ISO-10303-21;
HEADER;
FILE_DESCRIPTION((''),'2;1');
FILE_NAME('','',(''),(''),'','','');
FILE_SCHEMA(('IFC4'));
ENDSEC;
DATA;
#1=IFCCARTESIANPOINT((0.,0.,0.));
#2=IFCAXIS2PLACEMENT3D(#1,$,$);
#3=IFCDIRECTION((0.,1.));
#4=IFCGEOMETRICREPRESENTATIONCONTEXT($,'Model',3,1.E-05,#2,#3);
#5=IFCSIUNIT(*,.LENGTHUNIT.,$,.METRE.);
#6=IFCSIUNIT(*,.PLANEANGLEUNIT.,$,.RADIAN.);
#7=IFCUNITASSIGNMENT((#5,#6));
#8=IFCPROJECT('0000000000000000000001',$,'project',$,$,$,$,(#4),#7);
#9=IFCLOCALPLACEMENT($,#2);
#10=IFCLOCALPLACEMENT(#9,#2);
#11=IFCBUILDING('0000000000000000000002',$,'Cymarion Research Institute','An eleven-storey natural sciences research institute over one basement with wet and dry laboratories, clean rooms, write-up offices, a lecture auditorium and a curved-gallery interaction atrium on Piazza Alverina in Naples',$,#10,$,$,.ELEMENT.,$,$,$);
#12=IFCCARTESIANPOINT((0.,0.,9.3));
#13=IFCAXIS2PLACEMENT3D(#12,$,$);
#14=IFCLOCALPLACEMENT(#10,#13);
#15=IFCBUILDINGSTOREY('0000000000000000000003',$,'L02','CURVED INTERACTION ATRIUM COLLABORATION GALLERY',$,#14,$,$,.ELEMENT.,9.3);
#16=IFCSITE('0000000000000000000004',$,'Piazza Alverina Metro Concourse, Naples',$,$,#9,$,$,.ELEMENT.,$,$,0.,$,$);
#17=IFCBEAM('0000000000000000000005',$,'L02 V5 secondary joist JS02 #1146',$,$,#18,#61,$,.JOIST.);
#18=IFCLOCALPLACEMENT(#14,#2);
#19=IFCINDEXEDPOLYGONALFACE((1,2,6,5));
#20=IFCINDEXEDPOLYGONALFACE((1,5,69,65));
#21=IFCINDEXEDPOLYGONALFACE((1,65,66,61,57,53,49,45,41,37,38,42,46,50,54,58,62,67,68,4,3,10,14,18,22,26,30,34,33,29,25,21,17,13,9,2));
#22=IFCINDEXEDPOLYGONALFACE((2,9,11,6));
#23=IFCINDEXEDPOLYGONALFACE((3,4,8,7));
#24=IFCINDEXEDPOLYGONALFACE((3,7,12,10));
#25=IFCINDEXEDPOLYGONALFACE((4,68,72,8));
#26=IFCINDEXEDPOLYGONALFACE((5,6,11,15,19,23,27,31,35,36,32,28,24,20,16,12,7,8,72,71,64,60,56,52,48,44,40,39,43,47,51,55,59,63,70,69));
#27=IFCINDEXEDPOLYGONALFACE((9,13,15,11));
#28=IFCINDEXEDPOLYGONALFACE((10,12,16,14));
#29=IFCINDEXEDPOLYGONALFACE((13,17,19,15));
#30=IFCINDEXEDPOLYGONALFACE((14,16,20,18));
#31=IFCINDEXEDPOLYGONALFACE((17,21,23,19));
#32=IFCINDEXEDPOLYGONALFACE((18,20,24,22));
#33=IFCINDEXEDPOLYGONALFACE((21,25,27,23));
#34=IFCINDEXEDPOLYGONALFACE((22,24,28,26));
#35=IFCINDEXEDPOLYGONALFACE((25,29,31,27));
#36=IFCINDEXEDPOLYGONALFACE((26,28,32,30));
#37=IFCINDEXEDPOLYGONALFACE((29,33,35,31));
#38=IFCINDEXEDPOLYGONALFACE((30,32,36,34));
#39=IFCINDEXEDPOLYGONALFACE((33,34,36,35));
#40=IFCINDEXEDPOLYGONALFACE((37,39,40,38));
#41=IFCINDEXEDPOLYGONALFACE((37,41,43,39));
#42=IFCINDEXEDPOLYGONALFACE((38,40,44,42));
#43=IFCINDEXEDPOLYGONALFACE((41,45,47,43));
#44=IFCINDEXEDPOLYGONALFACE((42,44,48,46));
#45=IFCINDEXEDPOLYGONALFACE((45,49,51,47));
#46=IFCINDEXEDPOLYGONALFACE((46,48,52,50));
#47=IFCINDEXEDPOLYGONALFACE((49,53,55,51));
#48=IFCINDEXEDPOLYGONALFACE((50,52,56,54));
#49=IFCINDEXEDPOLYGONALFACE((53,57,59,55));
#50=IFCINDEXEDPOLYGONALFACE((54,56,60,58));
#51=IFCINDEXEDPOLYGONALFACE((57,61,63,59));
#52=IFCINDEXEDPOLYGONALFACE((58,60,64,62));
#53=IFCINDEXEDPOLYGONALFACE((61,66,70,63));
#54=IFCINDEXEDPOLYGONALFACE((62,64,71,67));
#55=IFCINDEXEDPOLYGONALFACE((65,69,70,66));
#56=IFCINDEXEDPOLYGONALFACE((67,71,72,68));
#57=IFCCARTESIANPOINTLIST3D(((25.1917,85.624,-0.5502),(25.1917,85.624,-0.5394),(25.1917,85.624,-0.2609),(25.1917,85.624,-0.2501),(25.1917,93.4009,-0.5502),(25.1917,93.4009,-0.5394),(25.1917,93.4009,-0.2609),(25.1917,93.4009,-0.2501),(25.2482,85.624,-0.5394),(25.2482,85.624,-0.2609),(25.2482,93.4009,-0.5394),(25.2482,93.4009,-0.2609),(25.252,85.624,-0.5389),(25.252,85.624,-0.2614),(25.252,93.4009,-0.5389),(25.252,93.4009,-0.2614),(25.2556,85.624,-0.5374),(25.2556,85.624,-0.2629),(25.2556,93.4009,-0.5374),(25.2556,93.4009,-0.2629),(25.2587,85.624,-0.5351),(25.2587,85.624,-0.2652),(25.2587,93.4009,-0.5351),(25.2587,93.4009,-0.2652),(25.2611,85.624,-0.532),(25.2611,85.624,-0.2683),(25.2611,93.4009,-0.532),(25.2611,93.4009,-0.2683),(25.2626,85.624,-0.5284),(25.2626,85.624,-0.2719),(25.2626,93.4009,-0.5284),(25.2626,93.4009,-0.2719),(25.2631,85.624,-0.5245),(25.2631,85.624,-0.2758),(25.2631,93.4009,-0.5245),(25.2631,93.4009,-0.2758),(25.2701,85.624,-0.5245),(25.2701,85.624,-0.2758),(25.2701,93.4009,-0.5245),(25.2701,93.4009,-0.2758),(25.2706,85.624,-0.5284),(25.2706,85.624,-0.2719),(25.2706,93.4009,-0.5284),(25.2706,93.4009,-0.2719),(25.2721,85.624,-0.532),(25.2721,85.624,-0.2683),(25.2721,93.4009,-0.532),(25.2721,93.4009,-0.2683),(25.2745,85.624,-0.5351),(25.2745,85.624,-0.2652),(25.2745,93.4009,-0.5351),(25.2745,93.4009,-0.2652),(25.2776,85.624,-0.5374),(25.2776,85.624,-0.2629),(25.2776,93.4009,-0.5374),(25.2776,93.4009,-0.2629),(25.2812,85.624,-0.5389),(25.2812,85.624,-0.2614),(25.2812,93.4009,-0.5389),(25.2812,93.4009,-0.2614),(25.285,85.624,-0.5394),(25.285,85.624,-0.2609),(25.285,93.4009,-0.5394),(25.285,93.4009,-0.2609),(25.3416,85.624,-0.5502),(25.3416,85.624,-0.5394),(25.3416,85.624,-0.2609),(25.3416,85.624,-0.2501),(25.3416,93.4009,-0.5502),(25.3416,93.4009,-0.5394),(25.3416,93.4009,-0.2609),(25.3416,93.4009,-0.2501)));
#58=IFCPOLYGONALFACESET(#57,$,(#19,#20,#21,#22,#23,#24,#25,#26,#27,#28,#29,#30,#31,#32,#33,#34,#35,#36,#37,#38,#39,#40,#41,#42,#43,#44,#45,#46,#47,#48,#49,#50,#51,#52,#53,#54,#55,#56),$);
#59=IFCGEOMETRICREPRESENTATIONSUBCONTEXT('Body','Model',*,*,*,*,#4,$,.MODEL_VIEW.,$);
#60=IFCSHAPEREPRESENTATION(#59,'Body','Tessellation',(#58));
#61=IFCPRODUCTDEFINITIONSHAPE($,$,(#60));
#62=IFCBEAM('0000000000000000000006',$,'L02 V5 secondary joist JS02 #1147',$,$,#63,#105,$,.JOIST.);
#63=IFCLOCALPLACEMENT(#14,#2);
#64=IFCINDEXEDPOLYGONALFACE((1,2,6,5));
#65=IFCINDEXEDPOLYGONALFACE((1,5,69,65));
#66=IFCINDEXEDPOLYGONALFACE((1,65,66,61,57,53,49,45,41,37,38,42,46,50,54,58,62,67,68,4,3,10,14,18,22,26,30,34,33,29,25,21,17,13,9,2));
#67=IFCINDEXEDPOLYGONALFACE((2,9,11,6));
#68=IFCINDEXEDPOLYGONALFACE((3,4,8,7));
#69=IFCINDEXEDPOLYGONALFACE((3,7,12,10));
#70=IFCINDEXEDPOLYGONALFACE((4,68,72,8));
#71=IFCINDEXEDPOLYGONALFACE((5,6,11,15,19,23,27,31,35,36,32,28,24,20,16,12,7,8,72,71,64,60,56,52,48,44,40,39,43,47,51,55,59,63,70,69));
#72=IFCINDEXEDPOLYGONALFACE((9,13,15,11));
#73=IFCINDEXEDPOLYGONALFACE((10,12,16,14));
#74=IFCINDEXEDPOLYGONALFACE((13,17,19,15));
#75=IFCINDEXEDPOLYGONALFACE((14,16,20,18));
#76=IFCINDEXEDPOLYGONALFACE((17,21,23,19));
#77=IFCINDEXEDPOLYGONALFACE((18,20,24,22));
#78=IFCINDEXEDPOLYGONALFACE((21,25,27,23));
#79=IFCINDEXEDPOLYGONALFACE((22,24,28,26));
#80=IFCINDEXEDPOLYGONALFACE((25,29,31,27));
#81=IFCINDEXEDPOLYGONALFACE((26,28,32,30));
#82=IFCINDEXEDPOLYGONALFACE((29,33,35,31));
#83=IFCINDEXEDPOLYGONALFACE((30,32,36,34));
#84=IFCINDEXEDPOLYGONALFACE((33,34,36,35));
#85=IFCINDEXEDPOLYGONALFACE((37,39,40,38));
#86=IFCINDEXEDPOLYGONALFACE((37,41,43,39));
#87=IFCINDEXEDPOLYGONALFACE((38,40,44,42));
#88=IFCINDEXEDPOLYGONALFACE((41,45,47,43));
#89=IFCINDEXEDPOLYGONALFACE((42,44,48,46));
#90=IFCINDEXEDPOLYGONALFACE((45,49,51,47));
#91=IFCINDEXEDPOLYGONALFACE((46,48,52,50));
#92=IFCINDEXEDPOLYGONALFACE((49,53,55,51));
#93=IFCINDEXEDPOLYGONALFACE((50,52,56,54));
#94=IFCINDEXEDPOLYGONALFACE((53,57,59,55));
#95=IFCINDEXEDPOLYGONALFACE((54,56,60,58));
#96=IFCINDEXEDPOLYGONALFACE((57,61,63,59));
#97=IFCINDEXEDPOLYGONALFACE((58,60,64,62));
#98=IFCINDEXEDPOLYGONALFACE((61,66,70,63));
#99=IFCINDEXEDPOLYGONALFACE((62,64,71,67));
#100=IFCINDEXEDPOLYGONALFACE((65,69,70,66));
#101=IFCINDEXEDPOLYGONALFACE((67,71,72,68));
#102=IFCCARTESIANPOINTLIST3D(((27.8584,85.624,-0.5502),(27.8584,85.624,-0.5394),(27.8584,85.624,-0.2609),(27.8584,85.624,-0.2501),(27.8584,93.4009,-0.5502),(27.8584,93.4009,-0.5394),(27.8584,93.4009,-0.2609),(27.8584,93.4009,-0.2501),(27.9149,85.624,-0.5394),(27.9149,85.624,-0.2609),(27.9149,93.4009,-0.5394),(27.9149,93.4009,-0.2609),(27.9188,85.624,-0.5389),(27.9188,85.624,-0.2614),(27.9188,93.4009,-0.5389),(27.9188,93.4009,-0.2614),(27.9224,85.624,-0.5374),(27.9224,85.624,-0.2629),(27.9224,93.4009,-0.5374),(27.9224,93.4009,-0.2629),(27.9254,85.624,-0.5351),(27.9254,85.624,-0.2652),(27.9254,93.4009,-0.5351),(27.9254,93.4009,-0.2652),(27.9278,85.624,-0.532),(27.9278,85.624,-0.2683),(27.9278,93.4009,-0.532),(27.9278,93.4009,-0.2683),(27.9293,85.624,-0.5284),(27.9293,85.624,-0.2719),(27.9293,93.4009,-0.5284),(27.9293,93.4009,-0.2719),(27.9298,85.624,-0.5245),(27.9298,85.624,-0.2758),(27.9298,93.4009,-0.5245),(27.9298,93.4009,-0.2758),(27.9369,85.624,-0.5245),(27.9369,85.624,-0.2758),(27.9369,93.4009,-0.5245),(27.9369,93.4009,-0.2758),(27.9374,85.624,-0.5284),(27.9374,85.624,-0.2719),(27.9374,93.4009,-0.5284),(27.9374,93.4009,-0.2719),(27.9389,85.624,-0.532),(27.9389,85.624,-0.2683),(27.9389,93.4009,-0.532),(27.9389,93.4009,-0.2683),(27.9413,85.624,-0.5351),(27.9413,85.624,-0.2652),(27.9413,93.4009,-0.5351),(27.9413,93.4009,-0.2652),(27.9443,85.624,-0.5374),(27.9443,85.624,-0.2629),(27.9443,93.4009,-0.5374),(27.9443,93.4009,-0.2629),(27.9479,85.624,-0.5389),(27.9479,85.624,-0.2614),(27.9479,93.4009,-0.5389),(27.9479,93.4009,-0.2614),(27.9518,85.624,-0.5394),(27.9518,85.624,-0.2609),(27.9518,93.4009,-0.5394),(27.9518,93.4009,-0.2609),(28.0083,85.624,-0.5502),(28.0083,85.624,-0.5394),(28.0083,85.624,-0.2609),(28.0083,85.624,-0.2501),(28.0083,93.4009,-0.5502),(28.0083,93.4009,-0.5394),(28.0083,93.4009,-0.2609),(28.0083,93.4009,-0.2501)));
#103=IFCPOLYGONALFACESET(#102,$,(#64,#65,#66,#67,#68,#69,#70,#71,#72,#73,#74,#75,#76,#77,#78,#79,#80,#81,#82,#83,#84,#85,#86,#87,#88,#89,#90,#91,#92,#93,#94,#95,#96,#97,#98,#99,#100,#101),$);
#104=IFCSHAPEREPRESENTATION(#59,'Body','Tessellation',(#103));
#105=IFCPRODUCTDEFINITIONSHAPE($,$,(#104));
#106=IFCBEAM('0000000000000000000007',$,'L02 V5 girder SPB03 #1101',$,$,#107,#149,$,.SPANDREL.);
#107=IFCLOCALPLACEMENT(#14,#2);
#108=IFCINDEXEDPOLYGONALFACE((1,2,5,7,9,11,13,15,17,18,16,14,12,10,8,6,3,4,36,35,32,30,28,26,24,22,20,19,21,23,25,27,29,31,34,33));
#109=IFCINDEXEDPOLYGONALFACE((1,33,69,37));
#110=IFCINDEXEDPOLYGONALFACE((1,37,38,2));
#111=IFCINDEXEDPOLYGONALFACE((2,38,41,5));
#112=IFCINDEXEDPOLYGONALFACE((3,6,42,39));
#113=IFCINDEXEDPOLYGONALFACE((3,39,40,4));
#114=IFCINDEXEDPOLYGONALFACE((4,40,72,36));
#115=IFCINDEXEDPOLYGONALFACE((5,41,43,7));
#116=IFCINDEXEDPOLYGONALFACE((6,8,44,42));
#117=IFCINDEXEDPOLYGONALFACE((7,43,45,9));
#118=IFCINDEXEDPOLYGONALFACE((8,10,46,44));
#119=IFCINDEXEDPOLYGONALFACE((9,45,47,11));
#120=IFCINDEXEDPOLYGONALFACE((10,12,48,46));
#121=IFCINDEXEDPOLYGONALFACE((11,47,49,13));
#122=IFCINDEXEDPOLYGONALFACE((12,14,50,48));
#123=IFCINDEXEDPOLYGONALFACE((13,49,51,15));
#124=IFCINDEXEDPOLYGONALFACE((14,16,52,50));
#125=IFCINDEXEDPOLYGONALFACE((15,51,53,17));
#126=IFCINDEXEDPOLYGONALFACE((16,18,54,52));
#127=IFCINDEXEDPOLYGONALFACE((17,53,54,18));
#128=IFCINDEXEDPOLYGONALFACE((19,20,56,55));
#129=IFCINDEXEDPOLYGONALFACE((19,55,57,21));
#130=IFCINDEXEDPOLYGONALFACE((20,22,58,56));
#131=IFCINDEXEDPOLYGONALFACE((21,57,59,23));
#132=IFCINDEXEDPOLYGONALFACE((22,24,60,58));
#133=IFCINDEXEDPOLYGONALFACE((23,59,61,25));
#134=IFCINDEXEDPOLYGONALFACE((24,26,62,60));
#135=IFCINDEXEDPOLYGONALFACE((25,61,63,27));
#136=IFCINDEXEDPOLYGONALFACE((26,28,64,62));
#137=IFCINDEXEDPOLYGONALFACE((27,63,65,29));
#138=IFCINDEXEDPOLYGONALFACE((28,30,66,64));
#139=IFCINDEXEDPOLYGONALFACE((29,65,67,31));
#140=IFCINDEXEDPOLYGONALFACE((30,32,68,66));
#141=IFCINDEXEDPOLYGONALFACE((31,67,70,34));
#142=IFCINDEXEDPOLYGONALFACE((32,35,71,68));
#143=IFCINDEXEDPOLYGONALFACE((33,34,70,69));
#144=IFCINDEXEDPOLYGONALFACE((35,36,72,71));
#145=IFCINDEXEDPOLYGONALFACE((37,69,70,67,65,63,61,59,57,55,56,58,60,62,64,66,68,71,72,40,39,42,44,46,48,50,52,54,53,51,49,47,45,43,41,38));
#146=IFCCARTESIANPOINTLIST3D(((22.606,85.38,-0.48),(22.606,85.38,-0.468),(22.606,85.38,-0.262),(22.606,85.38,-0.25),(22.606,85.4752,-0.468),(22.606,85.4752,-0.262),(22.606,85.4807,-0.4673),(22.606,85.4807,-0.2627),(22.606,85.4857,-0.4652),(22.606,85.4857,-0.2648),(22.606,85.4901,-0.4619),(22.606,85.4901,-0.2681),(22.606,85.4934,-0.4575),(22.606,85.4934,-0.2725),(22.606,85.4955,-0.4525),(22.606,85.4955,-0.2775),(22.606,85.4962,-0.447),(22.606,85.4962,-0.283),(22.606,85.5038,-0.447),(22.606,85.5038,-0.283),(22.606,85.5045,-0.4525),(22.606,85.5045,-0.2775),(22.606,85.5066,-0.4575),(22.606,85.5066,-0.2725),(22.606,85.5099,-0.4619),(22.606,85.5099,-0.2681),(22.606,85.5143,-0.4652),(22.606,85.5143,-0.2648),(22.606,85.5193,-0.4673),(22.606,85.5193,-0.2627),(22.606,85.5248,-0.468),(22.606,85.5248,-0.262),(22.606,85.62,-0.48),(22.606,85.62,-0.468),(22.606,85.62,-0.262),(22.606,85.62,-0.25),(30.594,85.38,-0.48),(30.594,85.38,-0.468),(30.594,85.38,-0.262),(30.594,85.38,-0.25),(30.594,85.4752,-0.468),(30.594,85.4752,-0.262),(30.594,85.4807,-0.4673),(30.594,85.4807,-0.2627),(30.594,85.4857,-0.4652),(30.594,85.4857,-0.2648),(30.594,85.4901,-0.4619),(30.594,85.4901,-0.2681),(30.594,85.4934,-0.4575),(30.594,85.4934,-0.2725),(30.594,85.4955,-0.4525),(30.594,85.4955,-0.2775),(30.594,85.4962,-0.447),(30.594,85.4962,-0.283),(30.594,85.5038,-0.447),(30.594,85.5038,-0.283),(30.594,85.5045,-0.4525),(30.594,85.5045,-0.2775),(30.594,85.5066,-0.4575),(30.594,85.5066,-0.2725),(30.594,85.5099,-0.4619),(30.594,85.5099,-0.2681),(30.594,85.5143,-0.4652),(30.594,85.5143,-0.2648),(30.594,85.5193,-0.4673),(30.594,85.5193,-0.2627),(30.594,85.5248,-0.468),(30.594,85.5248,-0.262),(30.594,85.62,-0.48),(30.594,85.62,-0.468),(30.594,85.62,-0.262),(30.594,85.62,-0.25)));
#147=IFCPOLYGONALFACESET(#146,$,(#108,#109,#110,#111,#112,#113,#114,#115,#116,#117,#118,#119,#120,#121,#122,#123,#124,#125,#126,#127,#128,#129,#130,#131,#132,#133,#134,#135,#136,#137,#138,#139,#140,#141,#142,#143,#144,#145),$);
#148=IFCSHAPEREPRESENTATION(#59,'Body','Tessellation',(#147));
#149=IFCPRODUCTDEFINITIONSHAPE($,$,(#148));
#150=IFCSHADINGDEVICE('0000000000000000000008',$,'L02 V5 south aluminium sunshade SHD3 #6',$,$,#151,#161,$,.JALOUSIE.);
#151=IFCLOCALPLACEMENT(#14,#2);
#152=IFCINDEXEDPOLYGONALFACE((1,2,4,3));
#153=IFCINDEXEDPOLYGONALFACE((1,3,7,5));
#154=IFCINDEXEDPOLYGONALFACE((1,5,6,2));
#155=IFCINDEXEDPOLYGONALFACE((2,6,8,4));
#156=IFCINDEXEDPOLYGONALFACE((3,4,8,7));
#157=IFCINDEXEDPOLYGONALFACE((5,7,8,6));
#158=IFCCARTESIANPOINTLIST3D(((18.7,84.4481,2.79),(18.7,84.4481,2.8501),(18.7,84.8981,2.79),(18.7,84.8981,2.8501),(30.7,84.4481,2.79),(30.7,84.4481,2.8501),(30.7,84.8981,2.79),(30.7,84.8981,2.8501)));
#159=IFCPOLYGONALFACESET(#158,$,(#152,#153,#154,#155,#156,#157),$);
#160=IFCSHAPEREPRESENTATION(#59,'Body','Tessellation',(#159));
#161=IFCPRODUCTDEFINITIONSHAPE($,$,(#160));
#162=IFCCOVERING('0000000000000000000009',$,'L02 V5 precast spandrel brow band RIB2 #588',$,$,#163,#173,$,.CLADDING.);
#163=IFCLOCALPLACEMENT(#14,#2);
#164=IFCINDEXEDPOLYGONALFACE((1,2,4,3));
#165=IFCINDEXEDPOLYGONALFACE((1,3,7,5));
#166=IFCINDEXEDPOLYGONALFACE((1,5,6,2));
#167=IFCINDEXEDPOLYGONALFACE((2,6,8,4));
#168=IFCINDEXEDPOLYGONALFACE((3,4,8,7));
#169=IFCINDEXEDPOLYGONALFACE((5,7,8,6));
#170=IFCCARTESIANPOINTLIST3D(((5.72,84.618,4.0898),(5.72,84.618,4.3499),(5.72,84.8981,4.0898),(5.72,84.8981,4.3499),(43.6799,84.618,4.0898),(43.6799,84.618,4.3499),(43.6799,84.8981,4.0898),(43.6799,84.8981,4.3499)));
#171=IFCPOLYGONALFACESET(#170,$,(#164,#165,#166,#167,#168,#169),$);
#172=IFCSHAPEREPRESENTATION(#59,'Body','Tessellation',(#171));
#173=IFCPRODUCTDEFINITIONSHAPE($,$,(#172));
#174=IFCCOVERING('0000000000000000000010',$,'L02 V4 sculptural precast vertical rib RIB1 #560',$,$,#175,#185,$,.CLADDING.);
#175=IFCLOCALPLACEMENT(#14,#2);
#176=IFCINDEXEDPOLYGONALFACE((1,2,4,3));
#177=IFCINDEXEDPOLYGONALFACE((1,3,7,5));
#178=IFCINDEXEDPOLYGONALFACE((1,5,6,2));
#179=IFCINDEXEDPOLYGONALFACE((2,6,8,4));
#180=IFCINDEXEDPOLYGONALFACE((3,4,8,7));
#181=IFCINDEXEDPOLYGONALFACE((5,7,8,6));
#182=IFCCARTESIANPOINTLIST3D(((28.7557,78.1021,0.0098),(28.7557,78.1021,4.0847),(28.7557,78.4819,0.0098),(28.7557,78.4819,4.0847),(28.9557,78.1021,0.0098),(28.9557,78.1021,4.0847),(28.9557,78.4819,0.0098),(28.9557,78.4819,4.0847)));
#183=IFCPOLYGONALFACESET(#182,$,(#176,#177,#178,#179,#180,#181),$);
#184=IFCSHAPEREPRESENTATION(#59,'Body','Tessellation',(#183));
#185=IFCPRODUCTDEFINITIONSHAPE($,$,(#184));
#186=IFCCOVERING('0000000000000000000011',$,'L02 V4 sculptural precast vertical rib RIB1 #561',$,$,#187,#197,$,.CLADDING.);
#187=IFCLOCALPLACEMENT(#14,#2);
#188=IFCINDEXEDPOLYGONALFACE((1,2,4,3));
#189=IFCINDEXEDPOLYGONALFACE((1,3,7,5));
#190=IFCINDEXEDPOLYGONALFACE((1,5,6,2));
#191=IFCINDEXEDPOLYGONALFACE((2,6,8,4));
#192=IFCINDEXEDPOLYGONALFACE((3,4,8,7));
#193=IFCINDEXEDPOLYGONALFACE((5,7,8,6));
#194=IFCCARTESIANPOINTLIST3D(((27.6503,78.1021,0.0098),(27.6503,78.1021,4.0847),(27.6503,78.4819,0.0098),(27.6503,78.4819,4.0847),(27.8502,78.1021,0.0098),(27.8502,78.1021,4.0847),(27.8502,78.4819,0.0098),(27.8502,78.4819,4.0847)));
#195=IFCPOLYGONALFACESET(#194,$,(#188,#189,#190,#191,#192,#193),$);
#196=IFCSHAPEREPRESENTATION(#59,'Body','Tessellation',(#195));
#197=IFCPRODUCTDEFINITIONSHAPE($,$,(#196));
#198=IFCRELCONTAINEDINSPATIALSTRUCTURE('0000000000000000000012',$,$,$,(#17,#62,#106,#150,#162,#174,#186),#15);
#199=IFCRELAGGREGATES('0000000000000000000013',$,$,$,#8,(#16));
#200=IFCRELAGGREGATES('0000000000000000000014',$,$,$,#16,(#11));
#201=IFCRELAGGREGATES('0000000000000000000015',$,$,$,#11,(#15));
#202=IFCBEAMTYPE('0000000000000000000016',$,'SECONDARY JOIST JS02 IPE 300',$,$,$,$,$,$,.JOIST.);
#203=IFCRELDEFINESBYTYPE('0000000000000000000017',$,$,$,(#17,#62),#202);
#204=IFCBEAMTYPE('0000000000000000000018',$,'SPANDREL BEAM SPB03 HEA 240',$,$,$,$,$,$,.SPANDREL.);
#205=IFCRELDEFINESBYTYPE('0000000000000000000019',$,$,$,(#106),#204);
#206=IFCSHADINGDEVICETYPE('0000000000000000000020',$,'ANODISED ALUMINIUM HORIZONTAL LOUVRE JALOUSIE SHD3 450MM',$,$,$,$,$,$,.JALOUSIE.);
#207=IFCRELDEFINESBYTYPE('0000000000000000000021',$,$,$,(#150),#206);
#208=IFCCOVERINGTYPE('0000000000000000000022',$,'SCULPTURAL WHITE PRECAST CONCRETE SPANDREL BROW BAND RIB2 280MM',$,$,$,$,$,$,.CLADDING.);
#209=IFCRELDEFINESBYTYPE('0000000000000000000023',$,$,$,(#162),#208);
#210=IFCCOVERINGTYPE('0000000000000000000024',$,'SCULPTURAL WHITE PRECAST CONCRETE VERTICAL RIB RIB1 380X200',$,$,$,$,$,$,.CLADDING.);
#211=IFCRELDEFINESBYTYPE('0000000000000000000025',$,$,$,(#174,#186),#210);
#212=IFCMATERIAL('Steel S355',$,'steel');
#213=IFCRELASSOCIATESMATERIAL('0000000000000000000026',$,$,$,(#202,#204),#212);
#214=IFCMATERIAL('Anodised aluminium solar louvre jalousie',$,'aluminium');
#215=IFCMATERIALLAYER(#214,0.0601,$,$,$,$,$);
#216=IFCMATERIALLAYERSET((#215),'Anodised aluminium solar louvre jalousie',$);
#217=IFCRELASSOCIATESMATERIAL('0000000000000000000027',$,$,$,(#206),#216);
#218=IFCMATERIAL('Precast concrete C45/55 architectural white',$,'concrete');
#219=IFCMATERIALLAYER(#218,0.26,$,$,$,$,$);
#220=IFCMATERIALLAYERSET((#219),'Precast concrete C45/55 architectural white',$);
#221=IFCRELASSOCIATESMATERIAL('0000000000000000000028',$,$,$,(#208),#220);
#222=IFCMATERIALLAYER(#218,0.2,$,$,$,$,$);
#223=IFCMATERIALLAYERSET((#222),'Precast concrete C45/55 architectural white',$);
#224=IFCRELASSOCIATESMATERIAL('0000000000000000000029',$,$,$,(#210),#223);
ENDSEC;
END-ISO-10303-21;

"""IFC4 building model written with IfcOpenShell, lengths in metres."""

from ifc_helpers import new_model, si_unit, direction, frame, origin, origin_2d, place, context, subcontext, project, spatial, rectangle, i_section, extrude, material, layer, layer_set, material_profile, profile_set, type_object, element, save


model = new_model("IFC4")

# Units and contexts
model_context = context("Model", 3, precision=1e-05, world=origin(), true_north=direction((0.0, 1.0)))
body_context = subcontext(model_context, "Body", "Model", "MODEL_VIEW")
ifc_project = project(units=[si_unit("LENGTHUNIT", "METRE"), si_unit("PLANEANGLEUNIT", "RADIAN")], contexts=[model_context])

# Site, building, storey
site_placement = place(None, origin())
site = spatial("IfcSite", under=ifc_project, at=site_placement, Name="Piazza Alverina Metro Concourse, Naples", CompositionType="ELEMENT", RefElevation=0.0)
building_placement = place(site_placement, origin())
building = spatial("IfcBuilding", under=site, at=building_placement, Name="Cymarion Research Institute", Description="An eleven-storey natural sciences research institute over one basement with wet and dry laboratories, clean rooms, write-up offices, a lecture auditorium and a curved-gallery interaction atrium on Piazza Alverina in Naples", CompositionType="ELEMENT")
storey_placement = place(building_placement, frame((0.0, 0.0, 9.3)))
storey = spatial("IfcBuildingStorey", under=building, at=storey_placement, Name="L02", Description="CURVED INTERACTION ATRIUM COLLABORATION GALLERY", CompositionType="ELEMENT", Elevation=9.3)

# Shared definitions
ifc_material_1 = material(Name="Steel S355", Category="steel")

# Beams
ifc_material_profile_1 = material_profile(ifc_material_1, i_section(OverallWidth=0.1499, OverallDepth=0.3, WebThickness=0.0071, FlangeThickness=0.0107, FilletRadius=0.0149, at=origin_2d()), Name="IPE 300")
ifc_profile_set_1 = profile_set([ifc_material_profile_1], Name="Steel S355")
beam_type_1 = type_object("IfcBeamType", Name="SECONDARY JOIST JS02 IPE 300", PredefinedType="JOIST", material=ifc_profile_set_1)
for number, where, z_axis, x_axis, name in (
    (1, (25.2666, 85.624, -0.4001), (0.0, 1.0, 0.0), (-1.0, 0.0, 0.0), "L02 V5 secondary joist JS02 #1146"),
    (2, (27.9333, 85.624, -0.4001), (0.0, 1.0, 0.0), (-1.0, 0.0, 0.0), "L02 V5 secondary joist JS02 #1147"),
):
    element("IfcBeam", number, at=place(storey_placement, frame(where, z_axis=z_axis, x_axis=x_axis)), inside=storey, type_object=beam_type_1, Name=name, PredefinedType="JOIST", context=body_context, shape_type="SweptSolid", body=[
        extrude(i_section(OverallWidth=0.1499, OverallDepth=0.3, WebThickness=0.0071, FlangeThickness=0.0107, FilletRadius=0.0149, at=origin_2d()), origin(), (0.0, 0.0, 1.0), 7.7769),
    ])
ifc_material_profile_2 = material_profile(ifc_material_1, i_section(OverallWidth=0.24, OverallDepth=0.23, WebThickness=0.0076, FlangeThickness=0.012, FilletRadius=0.021, at=origin_2d()), Name="HEA 240")
ifc_profile_set_2 = profile_set([ifc_material_profile_2], Name="Steel S355")
beam_type_2 = type_object("IfcBeamType", Name="SPANDREL BEAM SPB03 HEA 240", PredefinedType="SPANDREL", material=ifc_profile_set_2)
beam_1_placement = place(storey_placement, frame((22.606, 85.5, -0.365), z_axis=(1.0, 0.0, 0.0), x_axis=(0.0, 1.0, 0.0)))
element("IfcBeam", 3, at=beam_1_placement, inside=storey, type_object=beam_type_2, Name="L02 V5 girder SPB03 #1101", PredefinedType="SPANDREL", context=body_context, shape_type="SweptSolid", body=[
    extrude(i_section(OverallWidth=0.24, OverallDepth=0.23, WebThickness=0.0076, FlangeThickness=0.012, FilletRadius=0.021, at=origin_2d()), origin(), (0.0, 0.0, 1.0), 7.988),
])

# Shading device
ifc_material_2 = material(Name="Anodised aluminium solar louvre jalousie", Category="aluminium")
ifc_layer_1 = layer(ifc_material_2, 0.0601)
ifc_layer_set_1 = layer_set([ifc_layer_1], Name="Anodised aluminium solar louvre jalousie")
shading_device_type = type_object("IfcShadingDeviceType", Name="ANODISED ALUMINIUM HORIZONTAL LOUVRE JALOUSIE SHD3 450MM", PredefinedType="JALOUSIE", material=ifc_layer_set_1)
shading_device_placement = place(storey_placement, frame((24.7, 84.6731, 2.79), z_axis=(0.0, 0.0, 1.0), x_axis=(0.0, -1.0, 0.0)))
element("IfcShadingDevice", 4, at=shading_device_placement, inside=storey, type_object=shading_device_type, Name="L02 V5 south aluminium sunshade SHD3 #6", PredefinedType="JALOUSIE", context=body_context, shape_type="SweptSolid", body=[
    extrude(rectangle(XDim=0.45, YDim=12.0, at=origin_2d()), origin(), (0.0, 0.0, 1.0), 0.0601),
])

# Coverings
ifc_material_3 = material(Name="Precast concrete C45/55 architectural white", Category="concrete")
ifc_layer_2 = layer(ifc_material_3, 0.26)
ifc_layer_set_2 = layer_set([ifc_layer_2], Name="Precast concrete C45/55 architectural white")
covering_type_1 = type_object("IfcCoveringType", Name="SCULPTURAL WHITE PRECAST CONCRETE SPANDREL BROW BAND RIB2 280MM", PredefinedType="CLADDING", material=ifc_layer_set_2)
covering_placement = place(storey_placement, frame((24.7, 84.7581, 4.0898), z_axis=(0.0, 0.0, 1.0), x_axis=(0.0, -1.0, 0.0)))
element("IfcCovering", 5, at=covering_placement, inside=storey, type_object=covering_type_1, Name="L02 V5 precast spandrel brow band RIB2 #588", PredefinedType="CLADDING", context=body_context, shape_type="SweptSolid", body=[
    extrude(rectangle(XDim=0.28, YDim=37.96, at=origin_2d()), origin(), (0.0, 0.0, 1.0), 0.26),
])
ifc_layer_3 = layer(ifc_material_3, 0.2)
ifc_layer_set_3 = layer_set([ifc_layer_3], Name="Precast concrete C45/55 architectural white")
covering_type_2 = type_object("IfcCoveringType", Name="SCULPTURAL WHITE PRECAST CONCRETE VERTICAL RIB RIB1 380X200", PredefinedType="CLADDING", material=ifc_layer_set_3)
for number, where, z_axis, x_axis, name in (
    (6, (28.8557, 78.292, 0.0098), (0.0, 0.0, 1.0), (0.0, 1.0, 0.0), "L02 V4 sculptural precast vertical rib RIB1 #560"),
    (7, (27.7502, 78.292, 0.0098), (0.0, 0.0, 1.0), (0.0, 1.0, 0.0), "L02 V4 sculptural precast vertical rib RIB1 #561"),
):
    element("IfcCovering", number, at=place(storey_placement, frame(where, z_axis=z_axis, x_axis=x_axis)), inside=storey, type_object=covering_type_2, Name=name, PredefinedType="CLADDING", context=body_context, shape_type="SweptSolid", body=[
        extrude(rectangle(XDim=0.3799, YDim=0.2, at=origin_2d()), origin(), (0.0, 0.0, 1.0), 4.075),
    ])

save(model, "model.ifc")
